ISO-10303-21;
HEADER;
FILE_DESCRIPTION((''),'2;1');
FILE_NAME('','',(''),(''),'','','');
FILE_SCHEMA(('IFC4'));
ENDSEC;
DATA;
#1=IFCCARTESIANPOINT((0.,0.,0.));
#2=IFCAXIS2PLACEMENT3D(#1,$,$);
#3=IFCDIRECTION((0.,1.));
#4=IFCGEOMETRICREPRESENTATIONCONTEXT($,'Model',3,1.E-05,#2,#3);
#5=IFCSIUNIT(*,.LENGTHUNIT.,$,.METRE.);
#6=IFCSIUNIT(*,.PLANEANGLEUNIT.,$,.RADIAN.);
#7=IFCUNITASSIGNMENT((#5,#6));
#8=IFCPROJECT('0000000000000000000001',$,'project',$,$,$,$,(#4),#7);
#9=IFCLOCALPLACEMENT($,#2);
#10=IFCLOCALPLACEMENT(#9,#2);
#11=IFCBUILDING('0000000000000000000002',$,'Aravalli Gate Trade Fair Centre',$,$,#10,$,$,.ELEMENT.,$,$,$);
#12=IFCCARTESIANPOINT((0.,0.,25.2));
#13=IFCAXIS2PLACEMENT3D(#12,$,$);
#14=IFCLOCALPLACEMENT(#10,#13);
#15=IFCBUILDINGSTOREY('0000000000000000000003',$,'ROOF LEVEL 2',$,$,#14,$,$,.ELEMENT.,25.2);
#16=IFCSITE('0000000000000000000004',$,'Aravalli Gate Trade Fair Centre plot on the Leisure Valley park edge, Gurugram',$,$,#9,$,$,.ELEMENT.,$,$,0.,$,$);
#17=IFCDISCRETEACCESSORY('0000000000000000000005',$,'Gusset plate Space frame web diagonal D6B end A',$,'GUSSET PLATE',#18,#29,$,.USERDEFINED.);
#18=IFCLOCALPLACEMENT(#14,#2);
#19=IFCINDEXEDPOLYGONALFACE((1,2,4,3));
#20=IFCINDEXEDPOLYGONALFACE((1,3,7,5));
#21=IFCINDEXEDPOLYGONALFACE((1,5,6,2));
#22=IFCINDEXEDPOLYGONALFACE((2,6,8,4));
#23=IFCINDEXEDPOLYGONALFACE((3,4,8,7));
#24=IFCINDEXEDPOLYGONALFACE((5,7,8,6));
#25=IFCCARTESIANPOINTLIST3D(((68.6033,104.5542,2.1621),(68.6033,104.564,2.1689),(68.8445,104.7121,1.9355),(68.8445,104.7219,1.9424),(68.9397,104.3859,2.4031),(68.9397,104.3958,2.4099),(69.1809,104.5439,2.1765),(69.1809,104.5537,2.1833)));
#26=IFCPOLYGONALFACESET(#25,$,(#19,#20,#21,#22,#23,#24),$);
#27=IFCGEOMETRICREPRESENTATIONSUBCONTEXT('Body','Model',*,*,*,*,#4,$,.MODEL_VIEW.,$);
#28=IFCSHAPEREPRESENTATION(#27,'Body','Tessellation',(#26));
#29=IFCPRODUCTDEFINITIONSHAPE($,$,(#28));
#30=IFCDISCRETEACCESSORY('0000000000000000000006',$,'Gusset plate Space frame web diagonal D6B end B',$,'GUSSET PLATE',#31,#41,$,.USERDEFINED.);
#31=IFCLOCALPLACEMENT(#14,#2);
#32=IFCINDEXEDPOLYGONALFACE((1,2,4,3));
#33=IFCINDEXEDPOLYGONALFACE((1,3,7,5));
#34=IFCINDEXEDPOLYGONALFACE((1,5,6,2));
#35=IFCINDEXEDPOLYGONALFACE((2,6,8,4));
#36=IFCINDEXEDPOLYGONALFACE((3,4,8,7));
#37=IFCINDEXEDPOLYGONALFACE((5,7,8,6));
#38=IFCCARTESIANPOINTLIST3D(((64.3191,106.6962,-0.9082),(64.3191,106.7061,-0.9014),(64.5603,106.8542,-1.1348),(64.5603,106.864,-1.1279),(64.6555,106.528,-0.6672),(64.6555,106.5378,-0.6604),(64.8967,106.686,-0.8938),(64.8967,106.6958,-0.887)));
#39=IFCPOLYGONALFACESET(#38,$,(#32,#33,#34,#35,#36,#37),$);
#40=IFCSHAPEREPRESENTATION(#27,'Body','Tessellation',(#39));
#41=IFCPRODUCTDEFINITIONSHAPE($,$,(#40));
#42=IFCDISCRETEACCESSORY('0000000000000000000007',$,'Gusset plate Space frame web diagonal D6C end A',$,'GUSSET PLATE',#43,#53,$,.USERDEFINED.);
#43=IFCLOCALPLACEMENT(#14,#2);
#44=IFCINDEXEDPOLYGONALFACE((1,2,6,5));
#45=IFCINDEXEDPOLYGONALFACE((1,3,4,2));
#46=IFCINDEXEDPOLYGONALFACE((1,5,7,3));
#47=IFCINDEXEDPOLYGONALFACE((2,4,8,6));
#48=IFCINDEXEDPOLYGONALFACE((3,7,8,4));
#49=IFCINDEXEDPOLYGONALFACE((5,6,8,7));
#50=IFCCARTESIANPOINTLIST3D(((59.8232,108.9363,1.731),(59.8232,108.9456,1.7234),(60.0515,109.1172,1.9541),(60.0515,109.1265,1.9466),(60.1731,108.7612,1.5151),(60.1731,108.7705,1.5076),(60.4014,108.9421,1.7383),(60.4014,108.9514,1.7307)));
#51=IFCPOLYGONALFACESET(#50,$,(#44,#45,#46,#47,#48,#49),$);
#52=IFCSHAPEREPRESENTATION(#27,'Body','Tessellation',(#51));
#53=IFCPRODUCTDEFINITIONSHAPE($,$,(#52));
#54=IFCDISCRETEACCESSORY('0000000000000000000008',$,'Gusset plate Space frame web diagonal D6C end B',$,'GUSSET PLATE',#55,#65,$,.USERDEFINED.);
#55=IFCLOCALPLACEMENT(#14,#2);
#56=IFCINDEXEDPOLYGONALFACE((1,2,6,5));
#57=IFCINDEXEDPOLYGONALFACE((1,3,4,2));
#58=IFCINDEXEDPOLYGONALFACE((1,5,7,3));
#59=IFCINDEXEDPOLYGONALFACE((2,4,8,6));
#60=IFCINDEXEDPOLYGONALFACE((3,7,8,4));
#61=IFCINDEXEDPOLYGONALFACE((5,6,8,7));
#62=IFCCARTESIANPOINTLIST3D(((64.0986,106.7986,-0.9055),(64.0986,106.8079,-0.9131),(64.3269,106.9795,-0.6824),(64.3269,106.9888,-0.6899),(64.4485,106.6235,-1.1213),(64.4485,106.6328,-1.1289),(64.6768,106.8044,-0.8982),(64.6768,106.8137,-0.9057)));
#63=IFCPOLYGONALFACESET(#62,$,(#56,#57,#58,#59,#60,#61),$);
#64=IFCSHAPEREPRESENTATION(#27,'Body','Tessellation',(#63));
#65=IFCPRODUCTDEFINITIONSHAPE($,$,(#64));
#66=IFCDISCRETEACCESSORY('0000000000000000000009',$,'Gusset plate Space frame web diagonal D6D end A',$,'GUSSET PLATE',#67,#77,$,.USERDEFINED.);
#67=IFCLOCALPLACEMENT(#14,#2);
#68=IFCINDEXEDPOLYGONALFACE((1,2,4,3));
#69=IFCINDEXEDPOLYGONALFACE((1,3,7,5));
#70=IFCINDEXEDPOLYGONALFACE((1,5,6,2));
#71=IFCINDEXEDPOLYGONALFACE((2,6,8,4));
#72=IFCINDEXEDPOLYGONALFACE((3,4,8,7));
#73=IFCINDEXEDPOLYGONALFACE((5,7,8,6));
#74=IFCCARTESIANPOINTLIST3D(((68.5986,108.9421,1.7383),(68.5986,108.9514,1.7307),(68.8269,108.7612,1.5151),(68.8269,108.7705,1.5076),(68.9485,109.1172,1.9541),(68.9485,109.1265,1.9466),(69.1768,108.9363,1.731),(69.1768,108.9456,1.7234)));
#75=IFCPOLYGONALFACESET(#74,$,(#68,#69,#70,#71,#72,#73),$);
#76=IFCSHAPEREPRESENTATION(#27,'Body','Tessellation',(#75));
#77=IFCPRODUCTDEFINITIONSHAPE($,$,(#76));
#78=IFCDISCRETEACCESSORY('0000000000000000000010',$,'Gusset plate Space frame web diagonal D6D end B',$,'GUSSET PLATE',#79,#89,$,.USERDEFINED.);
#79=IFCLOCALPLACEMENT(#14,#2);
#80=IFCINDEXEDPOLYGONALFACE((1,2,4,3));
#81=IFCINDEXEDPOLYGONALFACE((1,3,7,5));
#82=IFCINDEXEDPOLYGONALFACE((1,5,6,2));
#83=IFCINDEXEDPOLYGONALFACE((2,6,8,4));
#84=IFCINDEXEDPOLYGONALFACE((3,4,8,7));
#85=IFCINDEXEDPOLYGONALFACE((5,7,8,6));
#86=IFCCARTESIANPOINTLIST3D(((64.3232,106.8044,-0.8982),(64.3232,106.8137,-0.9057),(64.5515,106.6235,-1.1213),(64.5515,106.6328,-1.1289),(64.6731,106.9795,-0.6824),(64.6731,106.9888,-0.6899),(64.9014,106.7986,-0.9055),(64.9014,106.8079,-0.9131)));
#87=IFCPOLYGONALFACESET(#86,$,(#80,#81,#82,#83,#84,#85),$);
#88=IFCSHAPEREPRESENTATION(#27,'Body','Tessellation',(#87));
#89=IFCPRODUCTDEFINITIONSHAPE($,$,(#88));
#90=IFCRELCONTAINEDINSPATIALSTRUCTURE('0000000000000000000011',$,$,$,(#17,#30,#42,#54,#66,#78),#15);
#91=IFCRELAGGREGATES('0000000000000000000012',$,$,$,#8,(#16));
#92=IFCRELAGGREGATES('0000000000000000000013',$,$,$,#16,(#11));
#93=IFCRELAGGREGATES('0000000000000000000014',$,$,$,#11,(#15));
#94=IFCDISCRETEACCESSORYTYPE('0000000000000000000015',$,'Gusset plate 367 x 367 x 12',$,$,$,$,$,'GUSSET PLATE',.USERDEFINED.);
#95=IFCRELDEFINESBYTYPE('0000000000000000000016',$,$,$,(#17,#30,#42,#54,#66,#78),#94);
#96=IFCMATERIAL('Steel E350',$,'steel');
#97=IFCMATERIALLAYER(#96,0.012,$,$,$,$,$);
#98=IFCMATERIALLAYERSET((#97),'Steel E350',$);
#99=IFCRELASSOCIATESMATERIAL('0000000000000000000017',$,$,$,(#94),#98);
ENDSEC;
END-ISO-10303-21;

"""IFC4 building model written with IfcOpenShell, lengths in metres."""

from ifc_helpers import new_model, si_unit, direction, frame, origin, place, context, subcontext, project, spatial, polyline, outline, extrude, material, layer, layer_set, type_object, element, save


model = new_model("IFC4")

# Units and contexts
model_context = context("Model", 3, precision=1e-05, world=origin(), true_north=direction((0.0, 1.0)))
body_context = subcontext(model_context, "Body", "Model", "MODEL_VIEW")
ifc_project = project(units=[si_unit("LENGTHUNIT", "METRE"), si_unit("PLANEANGLEUNIT", "RADIAN")], contexts=[model_context])

# Site, building, storey
site_placement = place(None, origin())
site = spatial("IfcSite", under=ifc_project, at=site_placement, Name="Aravalli Gate Trade Fair Centre plot on the Leisure Valley park edge, Gurugram", CompositionType="ELEMENT", RefElevation=0.0)
building_placement = place(site_placement, origin())
building = spatial("IfcBuilding", under=site, at=building_placement, Name="Aravalli Gate Trade Fair Centre", CompositionType="ELEMENT")
storey_placement = place(building_placement, frame((0.0, 0.0, 25.2)))
storey = spatial("IfcBuildingStorey", under=building, at=storey_placement, Name="ROOF LEVEL 2", CompositionType="ELEMENT", Elevation=25.2)

# Shared definitions
ifc_material_1 = material(Name="Steel E350", Category="steel")

# Discrete accessories
ifc_layer_1 = layer(ifc_material_1, 0.012)
ifc_layer_set_1 = layer_set([ifc_layer_1], Name="Steel E350")
discrete_accessory_type_1 = type_object("IfcDiscreteAccessoryType", Name="Gusset plate 367 x 367 x 12", ElementType="GUSSET PLATE", PredefinedType="USERDEFINED", material=ifc_layer_set_1)
discrete_accessory_1_placement = place(storey_placement, frame((68.6033, 104.564, 2.1689), z_axis=(0.000292, 0.820164, 0.572128), x_axis=(0.753132, -0.376566, 0.539435)))
element("IfcDiscreteAccessory", 1, at=discrete_accessory_1_placement, inside=storey, type_object=discrete_accessory_type_1, Name="Gusset plate Space frame web diagonal D6B end A", ObjectType="GUSSET PLATE", PredefinedType="USERDEFINED", context=body_context, shape_type="SweptSolid", body=[
    extrude(outline(polyline([(0.0, 0.0), (0.4467, 0.0), (0.4467, 0.3667), (0.0, 0.3667), (0.0, 0.0)])), origin(), (0.0, 0.0, -1.0), 0.012),
])
discrete_accessory_2_placement = place(storey_placement, frame((64.6555, 106.5378, -0.6604), z_axis=(0.000292, 0.820164, 0.572128), x_axis=(-0.753132, 0.376566, -0.539435)))
element("IfcDiscreteAccessory", 2, at=discrete_accessory_2_placement, inside=storey, type_object=discrete_accessory_type_1, Name="Gusset plate Space frame web diagonal D6B end B", ObjectType="GUSSET PLATE", PredefinedType="USERDEFINED", context=body_context, shape_type="SweptSolid", body=[
    extrude(outline(polyline([(0.0, 0.0), (0.4467, 0.0), (0.4467, -0.3667), (0.0, -0.3667), (0.0, 0.0)])), origin(), (0.0, 0.0, -1.0), 0.012),
])
discrete_accessory_3_placement = place(storey_placement, frame((60.1731, 108.7612, 1.5151), z_axis=(-0.000107, -0.776736, 0.629826), x_axis=(-0.783044, 0.391795, 0.48305)))
element("IfcDiscreteAccessory", 3, at=discrete_accessory_3_placement, inside=storey, type_object=discrete_accessory_type_1, Name="Gusset plate Space frame web diagonal D6C end A", ObjectType="GUSSET PLATE", PredefinedType="USERDEFINED", context=body_context, shape_type="SweptSolid", body=[
    extrude(outline(polyline([(0.0, 0.0), (0.4468, 0.0), (0.4467, -0.3669), (-0.0001, -0.3669), (0.0, 0.0)])), origin(), (0.0, 0.0, -1.0), 0.012),
])
discrete_accessory_4_placement = place(storey_placement, frame((64.0986, 106.7986, -0.9055), z_axis=(-0.000107, -0.776736, 0.629826), x_axis=(0.783044, -0.391795, -0.48305)))
element("IfcDiscreteAccessory", 4, at=discrete_accessory_4_placement, inside=storey, type_object=discrete_accessory_type_1, Name="Gusset plate Space frame web diagonal D6C end B", ObjectType="GUSSET PLATE", PredefinedType="USERDEFINED", context=body_context, shape_type="SweptSolid", body=[
    extrude(outline(polyline([(0.0, 0.0), (0.4468, 0.0), (0.4469, 0.3669), (0.0001, 0.3669), (0.0, 0.0)])), origin(), (0.0, 0.0, -1.0), 0.012),
])
discrete_accessory_5_placement = place(storey_placement, frame((68.5986, 108.9421, 1.7383), z_axis=(0.000107, -0.776736, 0.629826), x_axis=(0.783044, 0.391795, 0.48305)))
element("IfcDiscreteAccessory", 5, at=discrete_accessory_5_placement, inside=storey, type_object=discrete_accessory_type_1, Name="Gusset plate Space frame web diagonal D6D end A", ObjectType="GUSSET PLATE", PredefinedType="USERDEFINED", context=body_context, shape_type="SweptSolid", body=[
    extrude(outline(polyline([(0.0, 0.0), (0.4468, 0.0), (0.4469, -0.3669), (0.0001, -0.3669), (0.0, 0.0)])), origin(), (0.0, 0.0, -1.0), 0.012),
])
discrete_accessory_6_placement = place(storey_placement, frame((64.6731, 106.9795, -0.6824), z_axis=(0.000107, -0.776736, 0.629826), x_axis=(-0.783044, -0.391795, -0.48305)))
element("IfcDiscreteAccessory", 6, at=discrete_accessory_6_placement, inside=storey, type_object=discrete_accessory_type_1, Name="Gusset plate Space frame web diagonal D6D end B", ObjectType="GUSSET PLATE", PredefinedType="USERDEFINED", context=body_context, shape_type="SweptSolid", body=[
    extrude(outline(polyline([(0.0, 0.0), (0.4468, 0.0), (0.4467, 0.3669), (-0.0001, 0.3669), (0.0, 0.0)])), origin(), (0.0, 0.0, -1.0), 0.012),
])

save(model, "model.ifc")
